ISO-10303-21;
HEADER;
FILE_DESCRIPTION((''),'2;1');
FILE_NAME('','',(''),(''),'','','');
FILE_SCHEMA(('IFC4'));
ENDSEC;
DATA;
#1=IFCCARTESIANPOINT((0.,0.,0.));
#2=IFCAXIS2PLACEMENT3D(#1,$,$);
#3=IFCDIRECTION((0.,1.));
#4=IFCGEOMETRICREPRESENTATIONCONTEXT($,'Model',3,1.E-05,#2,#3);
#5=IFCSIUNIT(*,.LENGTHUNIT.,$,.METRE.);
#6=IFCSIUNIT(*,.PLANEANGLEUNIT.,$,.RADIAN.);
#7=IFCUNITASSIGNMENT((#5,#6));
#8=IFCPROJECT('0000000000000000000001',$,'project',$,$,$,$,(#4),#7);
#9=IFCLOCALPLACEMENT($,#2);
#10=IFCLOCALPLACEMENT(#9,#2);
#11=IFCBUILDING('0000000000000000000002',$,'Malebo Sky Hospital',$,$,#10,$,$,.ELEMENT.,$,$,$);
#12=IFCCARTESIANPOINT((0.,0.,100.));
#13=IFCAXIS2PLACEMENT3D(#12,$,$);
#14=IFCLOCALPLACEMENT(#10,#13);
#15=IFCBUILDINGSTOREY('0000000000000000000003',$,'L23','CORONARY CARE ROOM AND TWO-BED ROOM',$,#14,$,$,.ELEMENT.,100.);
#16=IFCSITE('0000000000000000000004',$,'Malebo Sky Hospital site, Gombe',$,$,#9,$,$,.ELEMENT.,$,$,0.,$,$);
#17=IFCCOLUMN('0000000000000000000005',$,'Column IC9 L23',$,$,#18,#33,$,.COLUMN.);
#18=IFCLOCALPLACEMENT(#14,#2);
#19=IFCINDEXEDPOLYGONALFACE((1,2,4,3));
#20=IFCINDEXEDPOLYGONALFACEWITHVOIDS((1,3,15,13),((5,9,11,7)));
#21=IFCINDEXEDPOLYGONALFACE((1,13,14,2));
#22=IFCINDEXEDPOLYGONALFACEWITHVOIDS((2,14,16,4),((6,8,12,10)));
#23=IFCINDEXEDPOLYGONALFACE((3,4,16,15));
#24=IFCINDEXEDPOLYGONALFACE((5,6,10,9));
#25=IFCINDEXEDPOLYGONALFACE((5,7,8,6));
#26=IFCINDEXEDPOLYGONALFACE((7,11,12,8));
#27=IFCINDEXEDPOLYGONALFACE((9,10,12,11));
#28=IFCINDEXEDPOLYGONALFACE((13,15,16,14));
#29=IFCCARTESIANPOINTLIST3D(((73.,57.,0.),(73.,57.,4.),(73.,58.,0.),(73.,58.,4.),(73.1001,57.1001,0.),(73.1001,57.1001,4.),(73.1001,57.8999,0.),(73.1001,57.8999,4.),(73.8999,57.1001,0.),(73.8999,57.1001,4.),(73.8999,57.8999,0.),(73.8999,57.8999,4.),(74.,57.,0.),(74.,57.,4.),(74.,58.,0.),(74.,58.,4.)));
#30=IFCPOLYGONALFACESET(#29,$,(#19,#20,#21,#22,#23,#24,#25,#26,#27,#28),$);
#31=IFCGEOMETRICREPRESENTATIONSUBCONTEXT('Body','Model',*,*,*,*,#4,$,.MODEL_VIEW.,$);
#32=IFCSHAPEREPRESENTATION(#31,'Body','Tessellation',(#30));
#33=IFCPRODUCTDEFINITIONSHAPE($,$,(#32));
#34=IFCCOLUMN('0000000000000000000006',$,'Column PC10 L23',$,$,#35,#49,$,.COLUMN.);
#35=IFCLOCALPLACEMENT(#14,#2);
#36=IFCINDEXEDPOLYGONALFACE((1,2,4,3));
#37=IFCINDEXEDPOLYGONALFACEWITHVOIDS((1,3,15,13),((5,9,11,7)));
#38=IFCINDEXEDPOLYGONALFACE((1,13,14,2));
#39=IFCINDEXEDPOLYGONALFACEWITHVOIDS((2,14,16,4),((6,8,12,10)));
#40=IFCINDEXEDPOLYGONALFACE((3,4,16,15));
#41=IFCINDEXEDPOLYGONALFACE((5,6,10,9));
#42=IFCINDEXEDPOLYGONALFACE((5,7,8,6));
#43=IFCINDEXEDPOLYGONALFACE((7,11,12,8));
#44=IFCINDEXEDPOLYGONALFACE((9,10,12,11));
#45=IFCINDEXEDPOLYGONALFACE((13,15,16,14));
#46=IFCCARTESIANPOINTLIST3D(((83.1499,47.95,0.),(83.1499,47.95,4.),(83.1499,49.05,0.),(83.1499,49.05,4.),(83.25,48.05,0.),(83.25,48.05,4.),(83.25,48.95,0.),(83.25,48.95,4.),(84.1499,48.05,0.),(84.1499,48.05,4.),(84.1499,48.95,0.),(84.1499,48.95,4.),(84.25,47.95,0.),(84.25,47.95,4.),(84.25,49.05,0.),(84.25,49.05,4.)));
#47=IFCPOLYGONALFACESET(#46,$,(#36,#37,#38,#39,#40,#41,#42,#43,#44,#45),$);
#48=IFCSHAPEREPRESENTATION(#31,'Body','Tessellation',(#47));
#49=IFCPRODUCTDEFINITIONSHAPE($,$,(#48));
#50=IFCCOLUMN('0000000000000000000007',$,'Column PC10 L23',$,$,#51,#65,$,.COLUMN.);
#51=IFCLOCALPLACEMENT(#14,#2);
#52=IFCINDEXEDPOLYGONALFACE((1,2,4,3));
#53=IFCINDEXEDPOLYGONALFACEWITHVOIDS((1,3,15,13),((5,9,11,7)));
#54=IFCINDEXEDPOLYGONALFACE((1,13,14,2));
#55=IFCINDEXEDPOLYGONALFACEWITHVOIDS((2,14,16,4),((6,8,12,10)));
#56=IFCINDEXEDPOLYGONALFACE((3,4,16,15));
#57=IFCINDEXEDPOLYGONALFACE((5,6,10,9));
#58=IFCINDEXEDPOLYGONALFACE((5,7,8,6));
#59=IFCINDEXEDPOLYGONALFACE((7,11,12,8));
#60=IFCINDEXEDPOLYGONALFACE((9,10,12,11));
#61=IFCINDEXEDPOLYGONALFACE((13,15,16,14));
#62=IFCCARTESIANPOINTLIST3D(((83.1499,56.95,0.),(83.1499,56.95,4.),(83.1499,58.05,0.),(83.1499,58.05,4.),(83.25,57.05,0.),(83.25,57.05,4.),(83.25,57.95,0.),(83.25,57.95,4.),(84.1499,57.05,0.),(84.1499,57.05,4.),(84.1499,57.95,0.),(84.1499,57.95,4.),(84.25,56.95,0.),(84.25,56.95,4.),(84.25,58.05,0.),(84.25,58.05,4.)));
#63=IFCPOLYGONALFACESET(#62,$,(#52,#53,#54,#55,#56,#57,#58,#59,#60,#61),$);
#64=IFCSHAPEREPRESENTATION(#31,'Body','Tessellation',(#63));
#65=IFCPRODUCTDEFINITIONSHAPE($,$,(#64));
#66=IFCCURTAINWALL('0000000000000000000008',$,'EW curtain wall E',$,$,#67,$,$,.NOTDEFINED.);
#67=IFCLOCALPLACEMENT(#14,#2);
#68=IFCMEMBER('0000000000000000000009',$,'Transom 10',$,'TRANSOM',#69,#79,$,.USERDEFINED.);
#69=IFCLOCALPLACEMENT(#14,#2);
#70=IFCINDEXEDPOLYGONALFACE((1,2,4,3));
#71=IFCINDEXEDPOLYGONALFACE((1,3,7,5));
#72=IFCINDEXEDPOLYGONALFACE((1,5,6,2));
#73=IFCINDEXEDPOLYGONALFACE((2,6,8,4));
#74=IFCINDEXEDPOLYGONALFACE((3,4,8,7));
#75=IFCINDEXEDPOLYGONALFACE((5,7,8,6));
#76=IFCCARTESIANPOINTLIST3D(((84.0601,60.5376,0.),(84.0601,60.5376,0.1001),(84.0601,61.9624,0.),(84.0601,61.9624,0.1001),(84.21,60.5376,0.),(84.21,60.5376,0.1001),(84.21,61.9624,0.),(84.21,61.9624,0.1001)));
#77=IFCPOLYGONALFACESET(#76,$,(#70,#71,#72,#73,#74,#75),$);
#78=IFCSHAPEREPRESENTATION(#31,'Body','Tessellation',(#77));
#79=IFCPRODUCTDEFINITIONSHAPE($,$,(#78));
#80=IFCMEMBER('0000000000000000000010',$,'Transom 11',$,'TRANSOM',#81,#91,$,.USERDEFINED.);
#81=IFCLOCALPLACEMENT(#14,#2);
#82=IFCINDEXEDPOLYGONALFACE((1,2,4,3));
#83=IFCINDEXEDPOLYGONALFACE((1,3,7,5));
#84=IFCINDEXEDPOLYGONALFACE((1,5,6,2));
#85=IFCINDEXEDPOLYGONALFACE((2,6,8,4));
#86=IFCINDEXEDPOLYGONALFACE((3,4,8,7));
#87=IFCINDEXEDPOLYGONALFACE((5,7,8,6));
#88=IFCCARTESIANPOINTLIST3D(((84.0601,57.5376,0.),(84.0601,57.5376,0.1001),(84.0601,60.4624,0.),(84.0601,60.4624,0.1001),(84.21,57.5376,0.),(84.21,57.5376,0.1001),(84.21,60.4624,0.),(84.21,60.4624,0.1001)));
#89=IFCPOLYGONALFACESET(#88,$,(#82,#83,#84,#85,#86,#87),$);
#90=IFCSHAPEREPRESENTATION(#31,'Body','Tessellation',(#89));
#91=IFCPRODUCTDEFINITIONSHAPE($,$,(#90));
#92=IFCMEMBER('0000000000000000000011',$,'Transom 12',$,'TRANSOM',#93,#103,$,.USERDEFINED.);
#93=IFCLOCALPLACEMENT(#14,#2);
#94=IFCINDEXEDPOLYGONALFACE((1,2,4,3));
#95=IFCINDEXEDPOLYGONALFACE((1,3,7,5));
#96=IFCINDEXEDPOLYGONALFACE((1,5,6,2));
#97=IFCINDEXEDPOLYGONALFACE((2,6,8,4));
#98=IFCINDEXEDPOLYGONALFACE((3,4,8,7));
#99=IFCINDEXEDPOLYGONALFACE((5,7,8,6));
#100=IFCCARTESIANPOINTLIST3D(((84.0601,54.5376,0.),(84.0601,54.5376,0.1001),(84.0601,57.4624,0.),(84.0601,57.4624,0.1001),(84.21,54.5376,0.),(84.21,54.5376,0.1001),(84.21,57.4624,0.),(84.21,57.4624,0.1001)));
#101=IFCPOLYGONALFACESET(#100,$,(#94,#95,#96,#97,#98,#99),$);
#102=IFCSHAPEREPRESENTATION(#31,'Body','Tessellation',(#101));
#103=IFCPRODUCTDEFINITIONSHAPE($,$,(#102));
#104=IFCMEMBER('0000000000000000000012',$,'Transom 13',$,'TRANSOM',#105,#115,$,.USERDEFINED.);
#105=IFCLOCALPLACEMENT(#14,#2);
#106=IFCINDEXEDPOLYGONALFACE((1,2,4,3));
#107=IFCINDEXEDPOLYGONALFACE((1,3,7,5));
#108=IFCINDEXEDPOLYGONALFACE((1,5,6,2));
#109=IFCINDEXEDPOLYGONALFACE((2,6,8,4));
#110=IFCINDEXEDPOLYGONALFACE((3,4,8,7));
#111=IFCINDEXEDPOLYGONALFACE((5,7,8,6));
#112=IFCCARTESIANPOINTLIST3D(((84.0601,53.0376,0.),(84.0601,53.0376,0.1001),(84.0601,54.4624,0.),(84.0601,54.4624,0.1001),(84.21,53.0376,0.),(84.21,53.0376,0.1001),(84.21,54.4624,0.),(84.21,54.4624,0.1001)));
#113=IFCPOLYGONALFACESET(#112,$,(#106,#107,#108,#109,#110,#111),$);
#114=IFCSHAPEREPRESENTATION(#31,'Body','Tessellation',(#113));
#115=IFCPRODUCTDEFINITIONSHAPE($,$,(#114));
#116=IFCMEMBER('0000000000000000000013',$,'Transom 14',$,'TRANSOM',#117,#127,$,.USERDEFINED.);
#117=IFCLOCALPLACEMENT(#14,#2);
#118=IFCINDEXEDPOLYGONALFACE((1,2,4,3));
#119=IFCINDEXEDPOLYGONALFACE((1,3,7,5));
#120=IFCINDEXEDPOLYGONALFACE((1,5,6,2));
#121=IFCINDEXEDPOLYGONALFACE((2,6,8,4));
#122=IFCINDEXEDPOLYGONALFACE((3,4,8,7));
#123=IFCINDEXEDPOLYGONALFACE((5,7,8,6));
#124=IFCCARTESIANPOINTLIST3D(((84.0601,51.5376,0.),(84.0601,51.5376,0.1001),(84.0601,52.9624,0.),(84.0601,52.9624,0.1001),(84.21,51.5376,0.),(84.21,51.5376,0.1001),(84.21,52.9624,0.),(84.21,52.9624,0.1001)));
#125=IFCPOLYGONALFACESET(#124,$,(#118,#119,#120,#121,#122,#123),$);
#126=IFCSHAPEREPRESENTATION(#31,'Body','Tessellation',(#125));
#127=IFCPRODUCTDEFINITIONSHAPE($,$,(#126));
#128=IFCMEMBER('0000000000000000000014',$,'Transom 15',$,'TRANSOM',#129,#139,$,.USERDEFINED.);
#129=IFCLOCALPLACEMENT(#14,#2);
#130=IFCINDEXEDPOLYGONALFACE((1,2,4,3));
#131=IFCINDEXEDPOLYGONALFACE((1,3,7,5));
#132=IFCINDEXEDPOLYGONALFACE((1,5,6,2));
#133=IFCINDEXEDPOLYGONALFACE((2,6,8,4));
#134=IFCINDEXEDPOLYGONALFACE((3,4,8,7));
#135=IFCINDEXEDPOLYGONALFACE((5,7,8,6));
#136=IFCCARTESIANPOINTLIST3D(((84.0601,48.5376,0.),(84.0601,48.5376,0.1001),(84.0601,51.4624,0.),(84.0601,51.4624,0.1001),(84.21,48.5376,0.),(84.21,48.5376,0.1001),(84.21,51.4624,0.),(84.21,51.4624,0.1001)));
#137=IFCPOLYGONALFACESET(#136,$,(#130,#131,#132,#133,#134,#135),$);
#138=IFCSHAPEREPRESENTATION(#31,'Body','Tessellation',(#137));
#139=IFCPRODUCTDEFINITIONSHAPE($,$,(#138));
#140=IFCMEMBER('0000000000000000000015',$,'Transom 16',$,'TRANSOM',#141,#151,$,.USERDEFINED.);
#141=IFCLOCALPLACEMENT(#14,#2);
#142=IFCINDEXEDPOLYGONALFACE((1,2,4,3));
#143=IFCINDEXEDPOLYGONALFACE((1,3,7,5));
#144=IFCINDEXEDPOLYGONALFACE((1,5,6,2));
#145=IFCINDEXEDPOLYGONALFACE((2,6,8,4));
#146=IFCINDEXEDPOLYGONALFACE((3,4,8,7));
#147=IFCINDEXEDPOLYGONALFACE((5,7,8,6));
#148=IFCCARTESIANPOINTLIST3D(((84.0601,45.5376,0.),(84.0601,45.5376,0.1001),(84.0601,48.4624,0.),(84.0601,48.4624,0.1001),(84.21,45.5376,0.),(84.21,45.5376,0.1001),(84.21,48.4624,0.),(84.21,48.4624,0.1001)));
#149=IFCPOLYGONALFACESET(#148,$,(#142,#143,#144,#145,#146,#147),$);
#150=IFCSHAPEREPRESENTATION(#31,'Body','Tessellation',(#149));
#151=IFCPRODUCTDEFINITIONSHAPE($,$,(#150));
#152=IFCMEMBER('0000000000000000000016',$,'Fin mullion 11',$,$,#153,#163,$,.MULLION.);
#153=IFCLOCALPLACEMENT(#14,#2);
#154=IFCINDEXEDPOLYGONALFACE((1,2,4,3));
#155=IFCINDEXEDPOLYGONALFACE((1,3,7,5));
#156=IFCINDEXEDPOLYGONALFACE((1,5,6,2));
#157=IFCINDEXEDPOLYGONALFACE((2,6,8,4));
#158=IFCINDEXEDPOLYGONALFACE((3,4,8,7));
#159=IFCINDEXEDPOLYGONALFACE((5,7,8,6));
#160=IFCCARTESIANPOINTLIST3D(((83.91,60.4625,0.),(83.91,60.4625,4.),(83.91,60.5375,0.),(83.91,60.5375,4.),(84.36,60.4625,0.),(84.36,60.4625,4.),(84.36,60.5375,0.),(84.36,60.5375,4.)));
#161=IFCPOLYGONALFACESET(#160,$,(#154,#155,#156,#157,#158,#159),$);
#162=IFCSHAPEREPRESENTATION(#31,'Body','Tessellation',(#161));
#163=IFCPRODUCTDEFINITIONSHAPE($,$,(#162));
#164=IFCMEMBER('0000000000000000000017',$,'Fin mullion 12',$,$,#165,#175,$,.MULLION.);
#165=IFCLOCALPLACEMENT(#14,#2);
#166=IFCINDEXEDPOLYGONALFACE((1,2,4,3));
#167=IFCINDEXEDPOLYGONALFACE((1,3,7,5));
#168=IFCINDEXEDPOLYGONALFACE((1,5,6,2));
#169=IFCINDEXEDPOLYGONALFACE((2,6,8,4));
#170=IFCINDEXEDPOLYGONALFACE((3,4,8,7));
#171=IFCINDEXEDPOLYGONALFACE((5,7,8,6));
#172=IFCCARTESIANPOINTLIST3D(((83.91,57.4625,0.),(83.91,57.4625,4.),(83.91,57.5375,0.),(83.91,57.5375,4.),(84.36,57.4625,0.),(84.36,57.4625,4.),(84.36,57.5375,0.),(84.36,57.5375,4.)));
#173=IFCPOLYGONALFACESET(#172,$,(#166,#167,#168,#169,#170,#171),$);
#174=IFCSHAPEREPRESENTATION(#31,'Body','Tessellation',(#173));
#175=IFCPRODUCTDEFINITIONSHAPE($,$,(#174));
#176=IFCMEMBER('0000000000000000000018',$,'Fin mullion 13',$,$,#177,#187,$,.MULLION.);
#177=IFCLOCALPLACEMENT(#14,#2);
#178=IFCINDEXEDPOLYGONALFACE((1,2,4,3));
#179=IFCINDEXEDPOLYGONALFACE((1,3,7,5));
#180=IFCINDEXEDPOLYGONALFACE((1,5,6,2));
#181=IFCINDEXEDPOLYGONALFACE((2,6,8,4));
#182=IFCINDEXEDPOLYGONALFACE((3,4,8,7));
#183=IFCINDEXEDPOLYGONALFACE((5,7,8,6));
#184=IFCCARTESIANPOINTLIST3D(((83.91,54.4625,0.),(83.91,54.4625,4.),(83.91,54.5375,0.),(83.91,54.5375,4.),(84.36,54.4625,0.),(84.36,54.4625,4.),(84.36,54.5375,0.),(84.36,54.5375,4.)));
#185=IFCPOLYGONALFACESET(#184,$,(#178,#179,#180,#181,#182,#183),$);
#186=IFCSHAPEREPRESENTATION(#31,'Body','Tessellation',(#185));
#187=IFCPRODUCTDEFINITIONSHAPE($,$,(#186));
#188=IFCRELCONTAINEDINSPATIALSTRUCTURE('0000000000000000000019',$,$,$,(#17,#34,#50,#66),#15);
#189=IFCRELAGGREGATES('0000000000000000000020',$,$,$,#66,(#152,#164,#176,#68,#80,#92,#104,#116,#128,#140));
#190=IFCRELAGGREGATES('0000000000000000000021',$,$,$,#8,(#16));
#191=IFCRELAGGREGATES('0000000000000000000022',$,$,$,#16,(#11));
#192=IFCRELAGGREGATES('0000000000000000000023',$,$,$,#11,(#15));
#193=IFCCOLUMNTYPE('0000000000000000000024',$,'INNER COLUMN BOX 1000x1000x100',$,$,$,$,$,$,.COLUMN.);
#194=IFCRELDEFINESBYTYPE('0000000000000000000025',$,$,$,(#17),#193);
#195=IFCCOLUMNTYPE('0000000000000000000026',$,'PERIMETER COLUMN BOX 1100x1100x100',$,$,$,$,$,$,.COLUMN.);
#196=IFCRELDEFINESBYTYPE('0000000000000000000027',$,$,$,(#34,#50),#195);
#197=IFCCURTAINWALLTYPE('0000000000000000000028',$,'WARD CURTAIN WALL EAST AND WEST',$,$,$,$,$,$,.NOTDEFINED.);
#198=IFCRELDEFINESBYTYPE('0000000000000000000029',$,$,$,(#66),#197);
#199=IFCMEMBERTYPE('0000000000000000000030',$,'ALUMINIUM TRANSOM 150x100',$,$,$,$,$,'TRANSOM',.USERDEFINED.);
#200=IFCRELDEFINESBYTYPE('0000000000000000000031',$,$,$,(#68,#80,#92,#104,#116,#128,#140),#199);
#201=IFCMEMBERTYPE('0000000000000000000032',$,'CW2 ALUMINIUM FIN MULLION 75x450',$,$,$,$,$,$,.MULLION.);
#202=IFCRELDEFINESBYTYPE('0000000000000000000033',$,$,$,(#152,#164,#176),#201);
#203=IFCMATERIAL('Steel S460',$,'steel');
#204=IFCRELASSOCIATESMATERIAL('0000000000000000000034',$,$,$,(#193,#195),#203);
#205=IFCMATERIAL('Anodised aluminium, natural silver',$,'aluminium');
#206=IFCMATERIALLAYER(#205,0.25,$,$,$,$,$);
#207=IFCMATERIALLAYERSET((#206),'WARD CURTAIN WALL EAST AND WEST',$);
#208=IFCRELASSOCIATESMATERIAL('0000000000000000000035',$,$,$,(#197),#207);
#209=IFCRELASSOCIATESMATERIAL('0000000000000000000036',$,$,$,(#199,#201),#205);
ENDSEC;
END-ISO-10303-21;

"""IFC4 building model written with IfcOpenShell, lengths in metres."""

from ifc_helpers import new_model, si_unit, direction, frame, origin, origin_2d, place, context, subcontext, project, spatial, rectangle, hollow_rectangle, extrude, material, layer, layer_set, material_profile, profile_set, type_object, element, aggregate, save


model = new_model("IFC4")

# Units and contexts
model_context = context("Model", 3, precision=1e-05, world=origin(), true_north=direction((0.0, 1.0)))
body_context = subcontext(model_context, "Body", "Model", "MODEL_VIEW")
ifc_project = project(units=[si_unit("LENGTHUNIT", "METRE"), si_unit("PLANEANGLEUNIT", "RADIAN")], contexts=[model_context])

# Site, building, storey
site_placement = place(None, origin())
site = spatial("IfcSite", under=ifc_project, at=site_placement, Name="Malebo Sky Hospital site, Gombe", CompositionType="ELEMENT", RefElevation=0.0)
building_placement = place(site_placement, origin())
building = spatial("IfcBuilding", under=site, at=building_placement, Name="Malebo Sky Hospital", CompositionType="ELEMENT")
storey_placement = place(building_placement, frame((0.0, 0.0, 100.0)))
storey = spatial("IfcBuildingStorey", under=building, at=storey_placement, Name="L23", Description="CORONARY CARE ROOM AND TWO-BED ROOM", CompositionType="ELEMENT", Elevation=100.0)

# Columns
ifc_material_1 = material(Name="Steel S460", Category="steel")
ifc_material_profile_1 = material_profile(ifc_material_1, hollow_rectangle(XDim=1.0, YDim=1.0, WallThickness=0.1001, at=origin_2d()), Name="BOX 1000x1000x100")
ifc_profile_set_1 = profile_set([ifc_material_profile_1], Name="Steel S460")
column_type_1 = type_object("IfcColumnType", Name="INNER COLUMN BOX 1000x1000x100", PredefinedType="COLUMN", material=ifc_profile_set_1)
column_placement = place(storey_placement, frame((73.5, 57.5, 0.0), z_axis=(0.0, 0.0, 1.0), x_axis=(1.0, 0.0, 0.0)))
element("IfcColumn", 1, at=column_placement, inside=storey, type_object=column_type_1, Name="Column IC9 L23", PredefinedType="COLUMN", context=body_context, shape_type="SweptSolid", body=[
    extrude(hollow_rectangle(XDim=1.0, YDim=1.0, WallThickness=0.1001, at=origin_2d()), origin(), (0.0, 0.0, 1.0), 4.0),
])
ifc_material_profile_2 = material_profile(ifc_material_1, hollow_rectangle(XDim=1.1001, YDim=1.1001, WallThickness=0.1001, at=origin_2d()), Name="BOX 1100x1100x100")
ifc_profile_set_2 = profile_set([ifc_material_profile_2], Name="Steel S460")
column_type_2 = type_object("IfcColumnType", Name="PERIMETER COLUMN BOX 1100x1100x100", PredefinedType="COLUMN", material=ifc_profile_set_2)
for number, where, z_axis, x_axis, name in (
    (2, (83.7, 48.5, 0.0), (0.0, 0.0, 1.0), (1.0, 0.0, 0.0), "Column PC10 L23"),
    (3, (83.7, 57.5, 0.0), (0.0, 0.0, 1.0), (1.0, 0.0, 0.0), "Column PC10 L23"),
):
    element("IfcColumn", number, at=place(storey_placement, frame(where, z_axis=z_axis, x_axis=x_axis)), inside=storey, type_object=column_type_2, Name=name, PredefinedType="COLUMN", context=body_context, shape_type="SweptSolid", body=[
        extrude(hollow_rectangle(XDim=1.1001, YDim=1.1001, WallThickness=0.1001, at=origin_2d()), origin(), (0.0, 0.0, 1.0), 4.0),
    ])

# Curtain wall, members
ifc_material_2 = material(Name="Anodised aluminium, natural silver", Category="aluminium")
ifc_layer_1 = layer(ifc_material_2, 0.25)
ifc_layer_set_1 = layer_set([ifc_layer_1], Name="WARD CURTAIN WALL EAST AND WEST")
curtain_wall_type = type_object("IfcCurtainWallType", Name="WARD CURTAIN WALL EAST AND WEST", PredefinedType="NOTDEFINED", material=ifc_layer_set_1)
curtain_wall_placement = place(storey_placement, origin())
curtain_wall = element("IfcCurtainWall", 4, at=curtain_wall_placement, inside=storey, type_object=curtain_wall_type, Name="EW curtain wall E", PredefinedType="NOTDEFINED")
ifc_material_profile_3 = material_profile(ifc_material_2, rectangle(XDim=0.1499, YDim=0.1001, at=origin_2d()), Name="ALUMINIUM TRANSOM 150x100")
ifc_profile_set_3 = profile_set([ifc_material_profile_3], Name="Anodised aluminium, natural silver")
member_type_1 = type_object("IfcMemberType", Name="ALUMINIUM TRANSOM 150x100", ElementType="TRANSOM", PredefinedType="USERDEFINED", material=ifc_profile_set_3)
member_1_placement = place(storey_placement, frame((84.135, 61.9624, 0.05), z_axis=(0.0, -1.0, 0.0), x_axis=(1.0, 0.0, 0.0)))
member_1 = element("IfcMember", 5, at=member_1_placement, type_object=member_type_1, Name="Transom 10", ObjectType="TRANSOM", PredefinedType="USERDEFINED", context=body_context, shape_type="SweptSolid", body=[
    extrude(rectangle(XDim=0.1499, YDim=0.1001, at=origin_2d()), origin(), (0.0, 0.0, 1.0), 1.4248),
])
member_2_placement = place(storey_placement, frame((84.135, 60.4624, 0.05), z_axis=(0.0, -1.0, 0.0), x_axis=(1.0, 0.0, 0.0)))
member_2 = element("IfcMember", 6, at=member_2_placement, type_object=member_type_1, Name="Transom 11", ObjectType="TRANSOM", PredefinedType="USERDEFINED", context=body_context, shape_type="SweptSolid", body=[
    extrude(rectangle(XDim=0.1499, YDim=0.1001, at=origin_2d()), origin(), (0.0, 0.0, 1.0), 2.9248),
])
member_3_placement = place(storey_placement, frame((84.135, 57.4624, 0.05), z_axis=(0.0, -1.0, 0.0), x_axis=(1.0, 0.0, 0.0)))
member_3 = element("IfcMember", 7, at=member_3_placement, type_object=member_type_1, Name="Transom 12", ObjectType="TRANSOM", PredefinedType="USERDEFINED", context=body_context, shape_type="SweptSolid", body=[
    extrude(rectangle(XDim=0.1499, YDim=0.1001, at=origin_2d()), origin(), (0.0, 0.0, 1.0), 2.9248),
])
member_4_placement = place(storey_placement, frame((84.135, 54.4624, 0.05), z_axis=(0.0, -1.0, 0.0), x_axis=(1.0, 0.0, 0.0)))
member_4 = element("IfcMember", 8, at=member_4_placement, type_object=member_type_1, Name="Transom 13", ObjectType="TRANSOM", PredefinedType="USERDEFINED", context=body_context, shape_type="SweptSolid", body=[
    extrude(rectangle(XDim=0.1499, YDim=0.1001, at=origin_2d()), origin(), (0.0, 0.0, 1.0), 1.4248),
])
member_5_placement = place(storey_placement, frame((84.135, 52.9624, 0.05), z_axis=(0.0, -1.0, 0.0), x_axis=(1.0, 0.0, 0.0)))
member_5 = element("IfcMember", 9, at=member_5_placement, type_object=member_type_1, Name="Transom 14", ObjectType="TRANSOM", PredefinedType="USERDEFINED", context=body_context, shape_type="SweptSolid", body=[
    extrude(rectangle(XDim=0.1499, YDim=0.1001, at=origin_2d()), origin(), (0.0, 0.0, 1.0), 1.4248),
])
member_6_placement = place(storey_placement, frame((84.135, 51.4624, 0.05), z_axis=(0.0, -1.0, 0.0), x_axis=(1.0, 0.0, 0.0)))
member_6 = element("IfcMember", 10, at=member_6_placement, type_object=member_type_1, Name="Transom 15", ObjectType="TRANSOM", PredefinedType="USERDEFINED", context=body_context, shape_type="SweptSolid", body=[
    extrude(rectangle(XDim=0.1499, YDim=0.1001, at=origin_2d()), origin(), (0.0, 0.0, 1.0), 2.9248),
])
member_7_placement = place(storey_placement, frame((84.135, 48.4624, 0.05), z_axis=(0.0, -1.0, 0.0), x_axis=(1.0, 0.0, 0.0)))
member_7 = element("IfcMember", 11, at=member_7_placement, type_object=member_type_1, Name="Transom 16", ObjectType="TRANSOM", PredefinedType="USERDEFINED", context=body_context, shape_type="SweptSolid", body=[
    extrude(rectangle(XDim=0.1499, YDim=0.1001, at=origin_2d()), origin(), (0.0, 0.0, 1.0), 2.9248),
])
ifc_material_profile_4 = material_profile(ifc_material_2, rectangle(XDim=0.075, YDim=0.45, at=origin_2d()), Name="CW2 ALUMINIUM FIN MULLION 75x450")
ifc_profile_set_4 = profile_set([ifc_material_profile_4], Name="Anodised aluminium, natural silver")
member_type_2 = type_object("IfcMemberType", Name="CW2 ALUMINIUM FIN MULLION 75x450", PredefinedType="MULLION", material=ifc_profile_set_4)
member_8_placement = place(storey_placement, frame((84.135, 60.5, 0.0), z_axis=(0.0, 0.0, 1.0), x_axis=(0.0, -1.0, 0.0)))
member_8 = element("IfcMember", 12, at=member_8_placement, type_object=member_type_2, Name="Fin mullion 11", PredefinedType="MULLION", context=body_context, shape_type="SweptSolid", body=[
    extrude(rectangle(XDim=0.075, YDim=0.45, at=origin_2d()), origin(), (0.0, 0.0, 1.0), 4.0),
])
member_9_placement = place(storey_placement, frame((84.135, 57.5, 0.0), z_axis=(0.0, 0.0, 1.0), x_axis=(0.0, -1.0, 0.0)))
member_9 = element("IfcMember", 13, at=member_9_placement, type_object=member_type_2, Name="Fin mullion 12", PredefinedType="MULLION", context=body_context, shape_type="SweptSolid", body=[
    extrude(rectangle(XDim=0.075, YDim=0.45, at=origin_2d()), origin(), (0.0, 0.0, 1.0), 4.0),
])
member_10_placement = place(storey_placement, frame((84.135, 54.5, 0.0), z_axis=(0.0, 0.0, 1.0), x_axis=(0.0, -1.0, 0.0)))
member_10 = element("IfcMember", 14, at=member_10_placement, type_object=member_type_2, Name="Fin mullion 13", PredefinedType="MULLION", context=body_context, shape_type="SweptSolid", body=[
    extrude(rectangle(XDim=0.075, YDim=0.45, at=origin_2d()), origin(), (0.0, 0.0, 1.0), 4.0),
])

aggregate(curtain_wall, [member_8, member_9, member_10, member_1, member_2, member_3, member_4, member_5, member_6, member_7])

save(model, "model.ifc")
